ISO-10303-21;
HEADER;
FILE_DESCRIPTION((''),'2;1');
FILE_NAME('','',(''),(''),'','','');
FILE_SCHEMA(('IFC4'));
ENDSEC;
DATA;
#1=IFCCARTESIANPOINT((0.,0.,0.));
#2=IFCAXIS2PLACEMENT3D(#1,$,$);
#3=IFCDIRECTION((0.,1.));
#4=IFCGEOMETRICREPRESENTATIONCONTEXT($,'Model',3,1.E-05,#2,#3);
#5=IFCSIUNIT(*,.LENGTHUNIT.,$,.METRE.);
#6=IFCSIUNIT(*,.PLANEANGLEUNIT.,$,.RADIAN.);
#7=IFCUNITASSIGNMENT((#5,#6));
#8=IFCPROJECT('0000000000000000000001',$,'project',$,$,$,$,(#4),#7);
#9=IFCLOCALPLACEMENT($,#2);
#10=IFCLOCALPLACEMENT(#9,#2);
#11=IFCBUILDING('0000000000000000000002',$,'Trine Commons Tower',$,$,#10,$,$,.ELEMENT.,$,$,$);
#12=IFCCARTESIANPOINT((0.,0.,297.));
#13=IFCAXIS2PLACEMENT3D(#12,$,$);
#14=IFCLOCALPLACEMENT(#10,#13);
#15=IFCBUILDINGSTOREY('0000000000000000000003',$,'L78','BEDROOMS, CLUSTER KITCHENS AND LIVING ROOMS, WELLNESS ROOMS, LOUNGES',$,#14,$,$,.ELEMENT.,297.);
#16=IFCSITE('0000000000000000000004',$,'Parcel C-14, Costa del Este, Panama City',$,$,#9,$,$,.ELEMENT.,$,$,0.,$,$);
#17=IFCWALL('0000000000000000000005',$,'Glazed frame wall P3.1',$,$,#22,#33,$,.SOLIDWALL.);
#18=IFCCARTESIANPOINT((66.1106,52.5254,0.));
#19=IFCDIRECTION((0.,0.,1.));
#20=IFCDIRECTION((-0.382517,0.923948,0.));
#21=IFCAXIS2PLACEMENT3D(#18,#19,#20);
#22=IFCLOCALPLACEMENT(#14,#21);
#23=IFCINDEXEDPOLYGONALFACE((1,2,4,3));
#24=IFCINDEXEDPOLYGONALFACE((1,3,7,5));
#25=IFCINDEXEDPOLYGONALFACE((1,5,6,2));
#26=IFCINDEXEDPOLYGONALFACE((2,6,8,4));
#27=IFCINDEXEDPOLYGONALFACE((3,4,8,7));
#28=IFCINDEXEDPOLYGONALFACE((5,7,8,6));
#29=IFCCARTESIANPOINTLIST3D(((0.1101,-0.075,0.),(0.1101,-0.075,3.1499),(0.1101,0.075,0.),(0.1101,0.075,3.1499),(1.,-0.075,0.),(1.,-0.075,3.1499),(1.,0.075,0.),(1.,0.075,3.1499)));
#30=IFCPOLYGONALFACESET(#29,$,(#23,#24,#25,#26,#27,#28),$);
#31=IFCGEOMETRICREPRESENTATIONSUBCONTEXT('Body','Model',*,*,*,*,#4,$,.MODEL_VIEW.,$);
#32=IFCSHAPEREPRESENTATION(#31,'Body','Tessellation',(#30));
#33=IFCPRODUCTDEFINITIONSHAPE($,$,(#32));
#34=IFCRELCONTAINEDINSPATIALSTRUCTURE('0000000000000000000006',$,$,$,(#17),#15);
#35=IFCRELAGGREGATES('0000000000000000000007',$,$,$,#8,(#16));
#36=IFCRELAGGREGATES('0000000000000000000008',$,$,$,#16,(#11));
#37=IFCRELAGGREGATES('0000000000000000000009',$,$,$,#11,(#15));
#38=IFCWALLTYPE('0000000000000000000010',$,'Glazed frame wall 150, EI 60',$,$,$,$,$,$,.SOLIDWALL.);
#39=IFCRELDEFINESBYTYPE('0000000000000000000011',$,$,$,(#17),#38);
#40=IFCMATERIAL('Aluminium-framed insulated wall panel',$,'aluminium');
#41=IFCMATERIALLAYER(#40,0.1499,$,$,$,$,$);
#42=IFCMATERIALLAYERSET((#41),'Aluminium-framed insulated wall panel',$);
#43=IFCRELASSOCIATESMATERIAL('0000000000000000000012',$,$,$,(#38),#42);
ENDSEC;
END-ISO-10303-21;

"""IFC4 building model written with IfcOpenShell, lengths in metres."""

from ifc_helpers import new_model, si_unit, direction, frame, origin, place, context, subcontext, project, spatial, polyline, outline, extrude, material, layer, layer_set, type_object, element, save


model = new_model("IFC4")

# Units and contexts
model_context = context("Model", 3, precision=1e-05, world=origin(), true_north=direction((0.0, 1.0)))
body_context = subcontext(model_context, "Body", "Model", "MODEL_VIEW")
ifc_project = project(units=[si_unit("LENGTHUNIT", "METRE"), si_unit("PLANEANGLEUNIT", "RADIAN")], contexts=[model_context])

# Site, building, storey
site_placement = place(None, origin())
site = spatial("IfcSite", under=ifc_project, at=site_placement, Name="Parcel C-14, Costa del Este, Panama City", CompositionType="ELEMENT", RefElevation=0.0)
building_placement = place(site_placement, origin())
building = spatial("IfcBuilding", under=site, at=building_placement, Name="Trine Commons Tower", CompositionType="ELEMENT")
storey_placement = place(building_placement, frame((0.0, 0.0, 297.0)))
storey = spatial("IfcBuildingStorey", under=building, at=storey_placement, Name="L78", Description="BEDROOMS, CLUSTER KITCHENS AND LIVING ROOMS, WELLNESS ROOMS, LOUNGES", CompositionType="ELEMENT", Elevation=297.0)

# Wall
ifc_material_1 = material(Name="Aluminium-framed insulated wall panel", Category="aluminium")
ifc_layer_1 = layer(ifc_material_1, 0.1499)
ifc_layer_set_1 = layer_set([ifc_layer_1], Name="Aluminium-framed insulated wall panel")
wall_type_1 = type_object("IfcWallType", Name="Glazed frame wall 150, EI 60", PredefinedType="SOLIDWALL", material=ifc_layer_set_1)
wall_1_placement = place(storey_placement, frame((66.1106, 52.5254, 0.0), z_axis=(0.0, 0.0, 1.0), x_axis=(-0.382517, 0.923948, 0.0)))
element("IfcWall", 1, at=wall_1_placement, inside=storey, type_object=wall_type_1, Name="Glazed frame wall P3.1", PredefinedType="SOLIDWALL", context=body_context, shape_type="SweptSolid", body=[
    extrude(outline(polyline([(0.1101, -0.075), (1.0, -0.075), (1.0, 0.075), (0.1101, 0.075), (0.1101, -0.075)])), origin(), (0.0, 0.0, 1.0), 3.1499),
])

save(model, "model.ifc")
